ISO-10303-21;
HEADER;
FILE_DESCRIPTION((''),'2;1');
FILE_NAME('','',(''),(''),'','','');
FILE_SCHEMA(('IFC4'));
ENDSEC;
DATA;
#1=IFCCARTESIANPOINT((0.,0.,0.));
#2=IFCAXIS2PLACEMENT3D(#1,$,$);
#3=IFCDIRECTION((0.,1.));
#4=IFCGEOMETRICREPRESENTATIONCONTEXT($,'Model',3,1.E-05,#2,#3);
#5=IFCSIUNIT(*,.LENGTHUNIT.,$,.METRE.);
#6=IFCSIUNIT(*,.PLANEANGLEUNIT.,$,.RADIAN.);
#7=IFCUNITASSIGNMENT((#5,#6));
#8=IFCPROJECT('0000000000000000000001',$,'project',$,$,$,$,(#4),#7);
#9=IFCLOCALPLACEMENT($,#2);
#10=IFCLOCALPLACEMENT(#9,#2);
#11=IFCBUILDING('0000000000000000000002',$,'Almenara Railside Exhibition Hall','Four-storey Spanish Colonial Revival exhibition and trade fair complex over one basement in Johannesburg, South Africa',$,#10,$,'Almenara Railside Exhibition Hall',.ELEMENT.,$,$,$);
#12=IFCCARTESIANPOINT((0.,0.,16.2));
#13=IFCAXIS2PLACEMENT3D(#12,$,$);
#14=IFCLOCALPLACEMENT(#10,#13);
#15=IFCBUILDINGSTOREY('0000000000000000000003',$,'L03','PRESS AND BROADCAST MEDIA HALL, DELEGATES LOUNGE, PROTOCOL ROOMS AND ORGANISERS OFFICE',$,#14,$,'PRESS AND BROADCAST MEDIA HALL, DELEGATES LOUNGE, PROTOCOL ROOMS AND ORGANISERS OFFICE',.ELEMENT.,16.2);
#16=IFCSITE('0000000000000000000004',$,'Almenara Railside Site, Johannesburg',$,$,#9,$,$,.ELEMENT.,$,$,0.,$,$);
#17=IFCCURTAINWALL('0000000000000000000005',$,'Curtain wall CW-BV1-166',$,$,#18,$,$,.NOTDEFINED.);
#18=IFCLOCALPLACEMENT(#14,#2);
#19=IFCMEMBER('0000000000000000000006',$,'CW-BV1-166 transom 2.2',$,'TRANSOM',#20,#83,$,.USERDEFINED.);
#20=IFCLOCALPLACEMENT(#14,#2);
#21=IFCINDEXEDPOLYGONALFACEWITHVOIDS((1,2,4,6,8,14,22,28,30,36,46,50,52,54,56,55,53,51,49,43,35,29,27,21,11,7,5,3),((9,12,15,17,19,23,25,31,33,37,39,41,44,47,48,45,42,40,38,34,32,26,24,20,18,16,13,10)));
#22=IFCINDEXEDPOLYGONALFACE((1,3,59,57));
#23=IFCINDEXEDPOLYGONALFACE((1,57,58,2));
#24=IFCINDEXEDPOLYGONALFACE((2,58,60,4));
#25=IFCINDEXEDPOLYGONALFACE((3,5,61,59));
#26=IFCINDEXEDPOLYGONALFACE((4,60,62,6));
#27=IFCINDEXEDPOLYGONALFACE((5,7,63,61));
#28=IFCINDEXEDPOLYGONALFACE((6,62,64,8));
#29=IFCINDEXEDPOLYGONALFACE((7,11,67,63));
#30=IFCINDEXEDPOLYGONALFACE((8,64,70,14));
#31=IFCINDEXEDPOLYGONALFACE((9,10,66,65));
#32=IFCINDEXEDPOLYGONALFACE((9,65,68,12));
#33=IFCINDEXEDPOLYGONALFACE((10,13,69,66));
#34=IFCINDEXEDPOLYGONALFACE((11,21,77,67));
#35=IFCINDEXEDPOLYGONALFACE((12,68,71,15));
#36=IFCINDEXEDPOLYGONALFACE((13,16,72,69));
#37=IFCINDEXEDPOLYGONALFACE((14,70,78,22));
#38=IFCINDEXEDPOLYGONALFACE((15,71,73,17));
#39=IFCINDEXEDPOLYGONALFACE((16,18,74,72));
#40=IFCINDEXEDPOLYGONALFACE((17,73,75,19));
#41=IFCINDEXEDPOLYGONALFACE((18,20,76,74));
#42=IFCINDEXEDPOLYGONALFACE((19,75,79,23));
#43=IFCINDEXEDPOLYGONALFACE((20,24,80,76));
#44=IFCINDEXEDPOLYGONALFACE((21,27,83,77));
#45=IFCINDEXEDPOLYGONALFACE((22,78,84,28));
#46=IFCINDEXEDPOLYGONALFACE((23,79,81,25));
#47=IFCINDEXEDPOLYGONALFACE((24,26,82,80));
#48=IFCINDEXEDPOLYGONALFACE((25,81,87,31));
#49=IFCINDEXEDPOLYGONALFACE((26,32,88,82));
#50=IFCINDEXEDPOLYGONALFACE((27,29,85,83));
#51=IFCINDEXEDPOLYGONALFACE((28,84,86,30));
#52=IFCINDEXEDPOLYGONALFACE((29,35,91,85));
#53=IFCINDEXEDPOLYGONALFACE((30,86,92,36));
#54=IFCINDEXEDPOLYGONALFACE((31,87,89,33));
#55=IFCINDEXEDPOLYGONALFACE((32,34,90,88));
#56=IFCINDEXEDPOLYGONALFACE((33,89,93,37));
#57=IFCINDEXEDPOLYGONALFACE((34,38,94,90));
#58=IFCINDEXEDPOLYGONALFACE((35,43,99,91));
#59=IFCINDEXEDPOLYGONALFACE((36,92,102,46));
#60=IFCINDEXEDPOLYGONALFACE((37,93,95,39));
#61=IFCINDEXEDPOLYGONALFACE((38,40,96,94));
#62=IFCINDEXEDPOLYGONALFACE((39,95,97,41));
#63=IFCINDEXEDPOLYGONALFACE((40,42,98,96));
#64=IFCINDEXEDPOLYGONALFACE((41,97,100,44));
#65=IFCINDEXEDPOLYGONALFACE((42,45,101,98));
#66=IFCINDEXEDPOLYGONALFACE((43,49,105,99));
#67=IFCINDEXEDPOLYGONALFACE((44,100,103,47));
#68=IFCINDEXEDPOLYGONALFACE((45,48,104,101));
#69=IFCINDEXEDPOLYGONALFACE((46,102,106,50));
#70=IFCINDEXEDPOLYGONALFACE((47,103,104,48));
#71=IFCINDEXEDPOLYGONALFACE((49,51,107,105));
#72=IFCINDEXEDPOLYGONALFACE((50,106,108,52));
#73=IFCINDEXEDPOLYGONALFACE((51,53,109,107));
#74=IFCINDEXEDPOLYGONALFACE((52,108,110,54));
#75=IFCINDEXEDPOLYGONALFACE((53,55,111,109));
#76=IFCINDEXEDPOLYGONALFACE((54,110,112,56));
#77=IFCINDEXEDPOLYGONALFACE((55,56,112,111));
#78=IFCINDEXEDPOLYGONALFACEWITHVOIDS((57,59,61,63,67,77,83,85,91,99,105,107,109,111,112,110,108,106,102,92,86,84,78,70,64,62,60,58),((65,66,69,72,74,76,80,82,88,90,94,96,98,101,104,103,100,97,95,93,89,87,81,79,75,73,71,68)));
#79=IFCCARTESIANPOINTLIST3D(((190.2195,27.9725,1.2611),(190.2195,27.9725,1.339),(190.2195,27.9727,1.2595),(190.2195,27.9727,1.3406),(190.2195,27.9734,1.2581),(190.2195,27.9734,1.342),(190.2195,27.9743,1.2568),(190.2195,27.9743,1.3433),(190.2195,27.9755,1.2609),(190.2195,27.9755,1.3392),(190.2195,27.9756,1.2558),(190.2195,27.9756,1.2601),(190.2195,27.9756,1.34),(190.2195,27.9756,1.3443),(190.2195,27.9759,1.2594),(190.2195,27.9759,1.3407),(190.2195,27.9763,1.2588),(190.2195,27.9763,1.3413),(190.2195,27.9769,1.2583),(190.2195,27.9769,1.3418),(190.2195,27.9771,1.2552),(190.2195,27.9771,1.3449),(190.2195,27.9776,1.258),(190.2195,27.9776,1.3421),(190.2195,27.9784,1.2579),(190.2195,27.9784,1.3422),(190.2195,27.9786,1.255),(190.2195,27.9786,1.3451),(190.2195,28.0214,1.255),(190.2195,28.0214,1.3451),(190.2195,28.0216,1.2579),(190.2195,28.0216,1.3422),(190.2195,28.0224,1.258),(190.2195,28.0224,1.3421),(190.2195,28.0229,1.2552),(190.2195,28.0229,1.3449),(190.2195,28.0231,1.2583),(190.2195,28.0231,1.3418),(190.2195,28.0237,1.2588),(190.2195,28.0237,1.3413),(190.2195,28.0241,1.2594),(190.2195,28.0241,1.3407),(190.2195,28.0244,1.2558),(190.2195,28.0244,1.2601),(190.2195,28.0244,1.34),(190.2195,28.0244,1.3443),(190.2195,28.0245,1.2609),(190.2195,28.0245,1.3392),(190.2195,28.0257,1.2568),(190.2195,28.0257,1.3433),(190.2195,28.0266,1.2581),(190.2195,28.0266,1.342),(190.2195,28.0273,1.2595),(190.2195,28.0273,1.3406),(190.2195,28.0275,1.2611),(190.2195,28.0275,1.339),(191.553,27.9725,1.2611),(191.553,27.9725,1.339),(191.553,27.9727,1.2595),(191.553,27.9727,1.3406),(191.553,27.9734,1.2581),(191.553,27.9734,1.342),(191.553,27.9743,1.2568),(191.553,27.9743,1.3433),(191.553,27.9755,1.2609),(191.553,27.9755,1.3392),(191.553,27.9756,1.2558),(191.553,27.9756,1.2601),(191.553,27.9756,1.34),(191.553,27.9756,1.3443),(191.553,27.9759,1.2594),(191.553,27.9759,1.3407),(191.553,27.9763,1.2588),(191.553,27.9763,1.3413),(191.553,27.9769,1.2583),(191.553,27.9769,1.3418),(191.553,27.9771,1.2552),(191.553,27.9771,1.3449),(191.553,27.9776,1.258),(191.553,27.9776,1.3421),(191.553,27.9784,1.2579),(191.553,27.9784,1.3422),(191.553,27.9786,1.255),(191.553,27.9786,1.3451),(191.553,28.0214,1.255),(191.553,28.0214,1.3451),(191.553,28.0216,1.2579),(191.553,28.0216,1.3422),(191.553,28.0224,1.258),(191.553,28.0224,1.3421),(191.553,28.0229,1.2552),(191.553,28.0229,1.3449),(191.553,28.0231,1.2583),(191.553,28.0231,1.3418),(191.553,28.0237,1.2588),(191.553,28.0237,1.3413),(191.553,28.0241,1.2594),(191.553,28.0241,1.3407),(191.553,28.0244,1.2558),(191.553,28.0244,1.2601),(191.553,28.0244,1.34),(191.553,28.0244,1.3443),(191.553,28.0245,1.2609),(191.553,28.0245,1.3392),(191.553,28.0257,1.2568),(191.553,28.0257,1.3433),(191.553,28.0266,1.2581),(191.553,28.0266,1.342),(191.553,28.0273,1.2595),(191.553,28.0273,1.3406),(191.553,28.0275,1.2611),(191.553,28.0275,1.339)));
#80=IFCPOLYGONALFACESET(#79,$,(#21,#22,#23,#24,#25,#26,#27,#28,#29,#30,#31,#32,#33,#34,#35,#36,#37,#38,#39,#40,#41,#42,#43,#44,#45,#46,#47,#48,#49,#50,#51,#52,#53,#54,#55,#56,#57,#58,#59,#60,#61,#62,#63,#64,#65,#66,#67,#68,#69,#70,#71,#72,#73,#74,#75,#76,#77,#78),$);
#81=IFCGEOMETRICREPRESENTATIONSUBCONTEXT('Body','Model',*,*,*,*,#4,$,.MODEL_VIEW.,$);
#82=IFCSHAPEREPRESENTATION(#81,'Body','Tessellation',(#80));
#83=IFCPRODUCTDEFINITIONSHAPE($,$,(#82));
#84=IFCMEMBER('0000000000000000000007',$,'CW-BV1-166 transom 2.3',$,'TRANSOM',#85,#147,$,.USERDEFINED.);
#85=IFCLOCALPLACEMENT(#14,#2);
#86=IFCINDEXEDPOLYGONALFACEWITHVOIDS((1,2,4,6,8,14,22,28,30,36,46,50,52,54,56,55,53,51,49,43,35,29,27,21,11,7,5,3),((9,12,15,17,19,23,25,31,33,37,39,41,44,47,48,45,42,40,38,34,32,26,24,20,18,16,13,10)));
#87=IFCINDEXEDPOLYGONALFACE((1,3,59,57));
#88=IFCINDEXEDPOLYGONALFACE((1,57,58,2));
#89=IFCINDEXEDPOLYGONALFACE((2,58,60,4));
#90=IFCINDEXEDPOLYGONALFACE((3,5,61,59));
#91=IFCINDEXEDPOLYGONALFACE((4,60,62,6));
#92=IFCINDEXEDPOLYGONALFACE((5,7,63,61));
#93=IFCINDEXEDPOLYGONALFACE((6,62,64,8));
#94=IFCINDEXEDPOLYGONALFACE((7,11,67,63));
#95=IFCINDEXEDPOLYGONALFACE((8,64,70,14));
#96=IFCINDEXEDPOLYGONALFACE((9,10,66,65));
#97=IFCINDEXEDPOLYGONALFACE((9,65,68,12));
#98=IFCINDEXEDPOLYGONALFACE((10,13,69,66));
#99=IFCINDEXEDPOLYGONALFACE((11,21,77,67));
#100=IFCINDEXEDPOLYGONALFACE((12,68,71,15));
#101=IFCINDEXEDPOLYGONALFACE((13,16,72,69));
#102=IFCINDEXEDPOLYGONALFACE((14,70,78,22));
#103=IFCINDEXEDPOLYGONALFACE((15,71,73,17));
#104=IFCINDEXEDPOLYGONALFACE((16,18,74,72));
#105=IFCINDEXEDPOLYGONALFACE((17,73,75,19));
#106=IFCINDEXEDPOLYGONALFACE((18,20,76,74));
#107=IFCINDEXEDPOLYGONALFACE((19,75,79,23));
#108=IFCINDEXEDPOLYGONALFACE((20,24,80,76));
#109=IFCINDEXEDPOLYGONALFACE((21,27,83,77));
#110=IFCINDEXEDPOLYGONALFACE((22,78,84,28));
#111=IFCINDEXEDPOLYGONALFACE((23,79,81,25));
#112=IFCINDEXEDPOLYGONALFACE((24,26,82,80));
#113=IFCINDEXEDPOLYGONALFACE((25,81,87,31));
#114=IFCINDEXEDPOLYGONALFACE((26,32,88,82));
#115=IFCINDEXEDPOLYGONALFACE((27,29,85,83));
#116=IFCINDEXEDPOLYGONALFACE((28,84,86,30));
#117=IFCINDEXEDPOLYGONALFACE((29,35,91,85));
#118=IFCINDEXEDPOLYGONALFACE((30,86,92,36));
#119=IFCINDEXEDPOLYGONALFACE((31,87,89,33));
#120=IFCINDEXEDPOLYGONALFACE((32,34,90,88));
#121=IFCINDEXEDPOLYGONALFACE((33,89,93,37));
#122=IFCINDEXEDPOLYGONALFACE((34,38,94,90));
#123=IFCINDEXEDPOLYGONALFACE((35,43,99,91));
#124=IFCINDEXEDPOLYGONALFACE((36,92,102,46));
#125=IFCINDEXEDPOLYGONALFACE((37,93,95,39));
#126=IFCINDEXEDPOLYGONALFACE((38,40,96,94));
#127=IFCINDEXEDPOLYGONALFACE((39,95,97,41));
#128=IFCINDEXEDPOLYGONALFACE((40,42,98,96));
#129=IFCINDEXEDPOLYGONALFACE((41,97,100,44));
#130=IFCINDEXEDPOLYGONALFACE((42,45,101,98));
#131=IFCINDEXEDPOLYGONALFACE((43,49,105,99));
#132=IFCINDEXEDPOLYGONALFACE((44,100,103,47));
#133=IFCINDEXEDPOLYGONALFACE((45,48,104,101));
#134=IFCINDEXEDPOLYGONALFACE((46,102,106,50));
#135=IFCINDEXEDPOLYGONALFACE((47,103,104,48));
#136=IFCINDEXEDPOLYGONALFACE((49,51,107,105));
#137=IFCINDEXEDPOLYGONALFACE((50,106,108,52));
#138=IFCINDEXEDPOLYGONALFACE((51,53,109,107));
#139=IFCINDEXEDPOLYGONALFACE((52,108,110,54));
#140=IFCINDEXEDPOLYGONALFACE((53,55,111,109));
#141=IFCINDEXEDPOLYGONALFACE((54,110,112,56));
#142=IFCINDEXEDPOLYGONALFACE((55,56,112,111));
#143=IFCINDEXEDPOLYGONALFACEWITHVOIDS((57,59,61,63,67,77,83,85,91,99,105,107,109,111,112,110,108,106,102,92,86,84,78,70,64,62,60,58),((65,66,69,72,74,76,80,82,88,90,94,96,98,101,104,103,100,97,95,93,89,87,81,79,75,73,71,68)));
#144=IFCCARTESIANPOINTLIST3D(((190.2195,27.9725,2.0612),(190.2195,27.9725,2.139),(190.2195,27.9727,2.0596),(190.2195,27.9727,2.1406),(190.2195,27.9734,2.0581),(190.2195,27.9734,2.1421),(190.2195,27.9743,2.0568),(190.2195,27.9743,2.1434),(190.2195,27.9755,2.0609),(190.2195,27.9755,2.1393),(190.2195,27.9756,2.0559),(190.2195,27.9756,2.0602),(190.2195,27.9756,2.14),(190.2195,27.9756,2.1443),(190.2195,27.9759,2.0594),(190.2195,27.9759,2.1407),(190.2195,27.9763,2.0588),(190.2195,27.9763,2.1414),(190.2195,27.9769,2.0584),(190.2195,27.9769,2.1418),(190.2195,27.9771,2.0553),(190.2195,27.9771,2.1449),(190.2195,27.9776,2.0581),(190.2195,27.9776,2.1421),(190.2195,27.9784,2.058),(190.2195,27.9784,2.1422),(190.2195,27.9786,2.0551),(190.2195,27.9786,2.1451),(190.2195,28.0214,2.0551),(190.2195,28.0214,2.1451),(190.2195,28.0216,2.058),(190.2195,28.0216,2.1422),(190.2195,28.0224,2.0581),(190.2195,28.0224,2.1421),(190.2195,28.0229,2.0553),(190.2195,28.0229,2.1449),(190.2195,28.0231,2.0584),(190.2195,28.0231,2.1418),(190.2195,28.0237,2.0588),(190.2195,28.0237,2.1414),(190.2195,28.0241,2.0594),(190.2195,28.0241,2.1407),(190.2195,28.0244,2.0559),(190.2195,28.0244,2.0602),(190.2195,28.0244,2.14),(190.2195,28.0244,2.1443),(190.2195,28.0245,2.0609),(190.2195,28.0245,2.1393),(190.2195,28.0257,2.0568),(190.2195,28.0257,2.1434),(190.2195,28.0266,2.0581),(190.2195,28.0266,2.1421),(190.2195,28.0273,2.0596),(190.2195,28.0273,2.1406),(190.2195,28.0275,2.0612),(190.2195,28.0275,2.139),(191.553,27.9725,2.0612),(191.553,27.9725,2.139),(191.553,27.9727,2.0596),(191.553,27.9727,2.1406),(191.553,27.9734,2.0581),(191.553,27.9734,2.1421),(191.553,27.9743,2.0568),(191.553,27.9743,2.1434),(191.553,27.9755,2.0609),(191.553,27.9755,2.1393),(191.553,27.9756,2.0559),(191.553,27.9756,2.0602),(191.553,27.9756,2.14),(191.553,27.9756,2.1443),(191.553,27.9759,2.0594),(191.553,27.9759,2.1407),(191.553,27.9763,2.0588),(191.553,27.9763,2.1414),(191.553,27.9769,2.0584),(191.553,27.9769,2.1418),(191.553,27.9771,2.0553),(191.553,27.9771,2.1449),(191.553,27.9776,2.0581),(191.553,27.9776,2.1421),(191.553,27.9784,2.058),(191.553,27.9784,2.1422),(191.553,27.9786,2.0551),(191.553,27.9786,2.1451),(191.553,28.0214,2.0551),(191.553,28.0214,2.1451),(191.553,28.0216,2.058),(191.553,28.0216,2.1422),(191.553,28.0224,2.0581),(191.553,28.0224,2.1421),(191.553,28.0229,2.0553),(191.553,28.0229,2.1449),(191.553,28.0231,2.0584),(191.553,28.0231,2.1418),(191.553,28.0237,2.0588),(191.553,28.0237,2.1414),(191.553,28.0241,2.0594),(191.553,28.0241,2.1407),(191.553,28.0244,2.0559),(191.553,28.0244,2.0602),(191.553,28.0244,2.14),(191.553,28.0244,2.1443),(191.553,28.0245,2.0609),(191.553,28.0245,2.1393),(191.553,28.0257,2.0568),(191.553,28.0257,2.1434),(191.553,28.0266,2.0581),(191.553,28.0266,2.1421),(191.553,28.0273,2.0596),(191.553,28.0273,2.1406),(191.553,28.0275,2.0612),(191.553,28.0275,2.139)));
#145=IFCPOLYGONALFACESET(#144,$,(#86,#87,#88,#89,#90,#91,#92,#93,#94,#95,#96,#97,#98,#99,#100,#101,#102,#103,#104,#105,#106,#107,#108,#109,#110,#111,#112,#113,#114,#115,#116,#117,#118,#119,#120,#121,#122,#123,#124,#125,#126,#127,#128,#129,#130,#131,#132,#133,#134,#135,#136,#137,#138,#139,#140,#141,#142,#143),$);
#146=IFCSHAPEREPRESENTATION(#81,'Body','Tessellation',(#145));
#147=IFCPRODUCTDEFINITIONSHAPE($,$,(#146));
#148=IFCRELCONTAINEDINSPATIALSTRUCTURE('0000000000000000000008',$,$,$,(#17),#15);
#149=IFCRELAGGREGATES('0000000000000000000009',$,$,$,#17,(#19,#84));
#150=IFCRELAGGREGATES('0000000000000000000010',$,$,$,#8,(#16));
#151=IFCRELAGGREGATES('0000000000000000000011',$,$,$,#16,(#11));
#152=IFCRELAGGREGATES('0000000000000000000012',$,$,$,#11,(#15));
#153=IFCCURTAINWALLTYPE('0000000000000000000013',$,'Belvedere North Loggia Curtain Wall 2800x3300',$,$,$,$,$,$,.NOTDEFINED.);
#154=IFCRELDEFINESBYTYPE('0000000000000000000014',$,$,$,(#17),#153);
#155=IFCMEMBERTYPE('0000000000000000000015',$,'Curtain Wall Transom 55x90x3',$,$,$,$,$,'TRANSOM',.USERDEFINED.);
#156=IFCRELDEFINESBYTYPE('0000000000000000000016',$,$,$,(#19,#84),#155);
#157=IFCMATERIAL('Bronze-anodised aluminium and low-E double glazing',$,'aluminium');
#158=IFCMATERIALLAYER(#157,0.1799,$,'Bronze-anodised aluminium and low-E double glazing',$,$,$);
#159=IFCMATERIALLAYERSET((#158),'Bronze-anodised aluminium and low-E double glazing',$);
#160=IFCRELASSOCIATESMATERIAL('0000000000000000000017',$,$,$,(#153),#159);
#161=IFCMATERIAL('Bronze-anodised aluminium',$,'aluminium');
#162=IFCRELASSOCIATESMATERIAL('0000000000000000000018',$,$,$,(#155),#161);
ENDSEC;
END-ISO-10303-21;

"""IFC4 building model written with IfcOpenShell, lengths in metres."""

from ifc_helpers import new_model, si_unit, direction, frame, origin, origin_2d, place, context, subcontext, project, spatial, hollow_rectangle, extrude, material, layer, layer_set, material_profile, profile_set, type_object, element, aggregate, save


model = new_model("IFC4")

# Units and contexts
model_context = context("Model", 3, precision=1e-05, world=origin(), true_north=direction((0.0, 1.0)))
body_context = subcontext(model_context, "Body", "Model", "MODEL_VIEW")
ifc_project = project(units=[si_unit("LENGTHUNIT", "METRE"), si_unit("PLANEANGLEUNIT", "RADIAN")], contexts=[model_context])

# Site, building, storey
site_placement = place(None, origin())
site = spatial("IfcSite", under=ifc_project, at=site_placement, Name="Almenara Railside Site, Johannesburg", CompositionType="ELEMENT", RefElevation=0.0)
building_placement = place(site_placement, origin())
building = spatial("IfcBuilding", under=site, at=building_placement, Name="Almenara Railside Exhibition Hall", Description="Four-storey Spanish Colonial Revival exhibition and trade fair complex over one basement in Johannesburg, South Africa", LongName="Almenara Railside Exhibition Hall", CompositionType="ELEMENT")
storey_placement = place(building_placement, frame((0.0, 0.0, 16.2)))
storey = spatial("IfcBuildingStorey", under=building, at=storey_placement, Name="L03", Description="PRESS AND BROADCAST MEDIA HALL, DELEGATES LOUNGE, PROTOCOL ROOMS AND ORGANISERS OFFICE", LongName="PRESS AND BROADCAST MEDIA HALL, DELEGATES LOUNGE, PROTOCOL ROOMS AND ORGANISERS OFFICE", CompositionType="ELEMENT", Elevation=16.2)

# Curtain wall
ifc_material_1 = material(Name="Bronze-anodised aluminium and low-E double glazing", Category="aluminium")
ifc_layer_1 = layer(ifc_material_1, 0.1799, Name="Bronze-anodised aluminium and low-E double glazing")
ifc_layer_set_1 = layer_set([ifc_layer_1], Name="Bronze-anodised aluminium and low-E double glazing")
curtain_wall_type = type_object("IfcCurtainWallType", Name="Belvedere North Loggia Curtain Wall 2800x3300", PredefinedType="NOTDEFINED", material=ifc_layer_set_1)
curtain_wall_1_placement = place(storey_placement, origin())
curtain_wall_1 = element("IfcCurtainWall", 1, at=curtain_wall_1_placement, inside=storey, type_object=curtain_wall_type, Name="Curtain wall CW-BV1-166", PredefinedType="NOTDEFINED")
ifc_material_2 = material(Name="Bronze-anodised aluminium", Category="aluminium")

# Members
ifc_material_profile_1 = material_profile(ifc_material_2, hollow_rectangle(XDim=0.0549, YDim=0.0901, WallThickness=0.0029, InnerFilletRadius=0.0029, OuterFilletRadius=0.0061, at=origin_2d()), Name="ALU-TRN 55x90x3")
ifc_profile_set_1 = profile_set([ifc_material_profile_1], Name="Bronze-anodised aluminium")
member_type_1 = type_object("IfcMemberType", Name="Curtain Wall Transom 55x90x3", ElementType="TRANSOM", PredefinedType="USERDEFINED", material=ifc_profile_set_1)
member_1_placement = place(storey_placement, frame((190.2195, 28.0, 1.3), z_axis=(1.0, 0.0, 0.0), x_axis=(0.0, 1.0, 0.0)))
member_1 = element("IfcMember", 2, at=member_1_placement, type_object=member_type_1, Name="CW-BV1-166 transom 2.2", ObjectType="TRANSOM", PredefinedType="USERDEFINED", context=body_context, shape_type="SweptSolid", body=[
    extrude(hollow_rectangle(XDim=0.0549, YDim=0.0901, WallThickness=0.0029, InnerFilletRadius=0.0029, OuterFilletRadius=0.0061, at=origin_2d()), origin(), (0.0, 0.0, 1.0), 1.3335),
])
member_2_placement = place(storey_placement, frame((190.2195, 28.0, 2.1001), z_axis=(1.0, 0.0, 0.0), x_axis=(0.0, 1.0, 0.0)))
member_2 = element("IfcMember", 3, at=member_2_placement, type_object=member_type_1, Name="CW-BV1-166 transom 2.3", ObjectType="TRANSOM", PredefinedType="USERDEFINED", context=body_context, shape_type="SweptSolid", body=[
    extrude(hollow_rectangle(XDim=0.0549, YDim=0.0901, WallThickness=0.0029, InnerFilletRadius=0.0029, OuterFilletRadius=0.0061, at=origin_2d()), origin(), (0.0, 0.0, 1.0), 1.3335),
])

aggregate(curtain_wall_1, [member_1, member_2])

save(model, "model.ifc")
